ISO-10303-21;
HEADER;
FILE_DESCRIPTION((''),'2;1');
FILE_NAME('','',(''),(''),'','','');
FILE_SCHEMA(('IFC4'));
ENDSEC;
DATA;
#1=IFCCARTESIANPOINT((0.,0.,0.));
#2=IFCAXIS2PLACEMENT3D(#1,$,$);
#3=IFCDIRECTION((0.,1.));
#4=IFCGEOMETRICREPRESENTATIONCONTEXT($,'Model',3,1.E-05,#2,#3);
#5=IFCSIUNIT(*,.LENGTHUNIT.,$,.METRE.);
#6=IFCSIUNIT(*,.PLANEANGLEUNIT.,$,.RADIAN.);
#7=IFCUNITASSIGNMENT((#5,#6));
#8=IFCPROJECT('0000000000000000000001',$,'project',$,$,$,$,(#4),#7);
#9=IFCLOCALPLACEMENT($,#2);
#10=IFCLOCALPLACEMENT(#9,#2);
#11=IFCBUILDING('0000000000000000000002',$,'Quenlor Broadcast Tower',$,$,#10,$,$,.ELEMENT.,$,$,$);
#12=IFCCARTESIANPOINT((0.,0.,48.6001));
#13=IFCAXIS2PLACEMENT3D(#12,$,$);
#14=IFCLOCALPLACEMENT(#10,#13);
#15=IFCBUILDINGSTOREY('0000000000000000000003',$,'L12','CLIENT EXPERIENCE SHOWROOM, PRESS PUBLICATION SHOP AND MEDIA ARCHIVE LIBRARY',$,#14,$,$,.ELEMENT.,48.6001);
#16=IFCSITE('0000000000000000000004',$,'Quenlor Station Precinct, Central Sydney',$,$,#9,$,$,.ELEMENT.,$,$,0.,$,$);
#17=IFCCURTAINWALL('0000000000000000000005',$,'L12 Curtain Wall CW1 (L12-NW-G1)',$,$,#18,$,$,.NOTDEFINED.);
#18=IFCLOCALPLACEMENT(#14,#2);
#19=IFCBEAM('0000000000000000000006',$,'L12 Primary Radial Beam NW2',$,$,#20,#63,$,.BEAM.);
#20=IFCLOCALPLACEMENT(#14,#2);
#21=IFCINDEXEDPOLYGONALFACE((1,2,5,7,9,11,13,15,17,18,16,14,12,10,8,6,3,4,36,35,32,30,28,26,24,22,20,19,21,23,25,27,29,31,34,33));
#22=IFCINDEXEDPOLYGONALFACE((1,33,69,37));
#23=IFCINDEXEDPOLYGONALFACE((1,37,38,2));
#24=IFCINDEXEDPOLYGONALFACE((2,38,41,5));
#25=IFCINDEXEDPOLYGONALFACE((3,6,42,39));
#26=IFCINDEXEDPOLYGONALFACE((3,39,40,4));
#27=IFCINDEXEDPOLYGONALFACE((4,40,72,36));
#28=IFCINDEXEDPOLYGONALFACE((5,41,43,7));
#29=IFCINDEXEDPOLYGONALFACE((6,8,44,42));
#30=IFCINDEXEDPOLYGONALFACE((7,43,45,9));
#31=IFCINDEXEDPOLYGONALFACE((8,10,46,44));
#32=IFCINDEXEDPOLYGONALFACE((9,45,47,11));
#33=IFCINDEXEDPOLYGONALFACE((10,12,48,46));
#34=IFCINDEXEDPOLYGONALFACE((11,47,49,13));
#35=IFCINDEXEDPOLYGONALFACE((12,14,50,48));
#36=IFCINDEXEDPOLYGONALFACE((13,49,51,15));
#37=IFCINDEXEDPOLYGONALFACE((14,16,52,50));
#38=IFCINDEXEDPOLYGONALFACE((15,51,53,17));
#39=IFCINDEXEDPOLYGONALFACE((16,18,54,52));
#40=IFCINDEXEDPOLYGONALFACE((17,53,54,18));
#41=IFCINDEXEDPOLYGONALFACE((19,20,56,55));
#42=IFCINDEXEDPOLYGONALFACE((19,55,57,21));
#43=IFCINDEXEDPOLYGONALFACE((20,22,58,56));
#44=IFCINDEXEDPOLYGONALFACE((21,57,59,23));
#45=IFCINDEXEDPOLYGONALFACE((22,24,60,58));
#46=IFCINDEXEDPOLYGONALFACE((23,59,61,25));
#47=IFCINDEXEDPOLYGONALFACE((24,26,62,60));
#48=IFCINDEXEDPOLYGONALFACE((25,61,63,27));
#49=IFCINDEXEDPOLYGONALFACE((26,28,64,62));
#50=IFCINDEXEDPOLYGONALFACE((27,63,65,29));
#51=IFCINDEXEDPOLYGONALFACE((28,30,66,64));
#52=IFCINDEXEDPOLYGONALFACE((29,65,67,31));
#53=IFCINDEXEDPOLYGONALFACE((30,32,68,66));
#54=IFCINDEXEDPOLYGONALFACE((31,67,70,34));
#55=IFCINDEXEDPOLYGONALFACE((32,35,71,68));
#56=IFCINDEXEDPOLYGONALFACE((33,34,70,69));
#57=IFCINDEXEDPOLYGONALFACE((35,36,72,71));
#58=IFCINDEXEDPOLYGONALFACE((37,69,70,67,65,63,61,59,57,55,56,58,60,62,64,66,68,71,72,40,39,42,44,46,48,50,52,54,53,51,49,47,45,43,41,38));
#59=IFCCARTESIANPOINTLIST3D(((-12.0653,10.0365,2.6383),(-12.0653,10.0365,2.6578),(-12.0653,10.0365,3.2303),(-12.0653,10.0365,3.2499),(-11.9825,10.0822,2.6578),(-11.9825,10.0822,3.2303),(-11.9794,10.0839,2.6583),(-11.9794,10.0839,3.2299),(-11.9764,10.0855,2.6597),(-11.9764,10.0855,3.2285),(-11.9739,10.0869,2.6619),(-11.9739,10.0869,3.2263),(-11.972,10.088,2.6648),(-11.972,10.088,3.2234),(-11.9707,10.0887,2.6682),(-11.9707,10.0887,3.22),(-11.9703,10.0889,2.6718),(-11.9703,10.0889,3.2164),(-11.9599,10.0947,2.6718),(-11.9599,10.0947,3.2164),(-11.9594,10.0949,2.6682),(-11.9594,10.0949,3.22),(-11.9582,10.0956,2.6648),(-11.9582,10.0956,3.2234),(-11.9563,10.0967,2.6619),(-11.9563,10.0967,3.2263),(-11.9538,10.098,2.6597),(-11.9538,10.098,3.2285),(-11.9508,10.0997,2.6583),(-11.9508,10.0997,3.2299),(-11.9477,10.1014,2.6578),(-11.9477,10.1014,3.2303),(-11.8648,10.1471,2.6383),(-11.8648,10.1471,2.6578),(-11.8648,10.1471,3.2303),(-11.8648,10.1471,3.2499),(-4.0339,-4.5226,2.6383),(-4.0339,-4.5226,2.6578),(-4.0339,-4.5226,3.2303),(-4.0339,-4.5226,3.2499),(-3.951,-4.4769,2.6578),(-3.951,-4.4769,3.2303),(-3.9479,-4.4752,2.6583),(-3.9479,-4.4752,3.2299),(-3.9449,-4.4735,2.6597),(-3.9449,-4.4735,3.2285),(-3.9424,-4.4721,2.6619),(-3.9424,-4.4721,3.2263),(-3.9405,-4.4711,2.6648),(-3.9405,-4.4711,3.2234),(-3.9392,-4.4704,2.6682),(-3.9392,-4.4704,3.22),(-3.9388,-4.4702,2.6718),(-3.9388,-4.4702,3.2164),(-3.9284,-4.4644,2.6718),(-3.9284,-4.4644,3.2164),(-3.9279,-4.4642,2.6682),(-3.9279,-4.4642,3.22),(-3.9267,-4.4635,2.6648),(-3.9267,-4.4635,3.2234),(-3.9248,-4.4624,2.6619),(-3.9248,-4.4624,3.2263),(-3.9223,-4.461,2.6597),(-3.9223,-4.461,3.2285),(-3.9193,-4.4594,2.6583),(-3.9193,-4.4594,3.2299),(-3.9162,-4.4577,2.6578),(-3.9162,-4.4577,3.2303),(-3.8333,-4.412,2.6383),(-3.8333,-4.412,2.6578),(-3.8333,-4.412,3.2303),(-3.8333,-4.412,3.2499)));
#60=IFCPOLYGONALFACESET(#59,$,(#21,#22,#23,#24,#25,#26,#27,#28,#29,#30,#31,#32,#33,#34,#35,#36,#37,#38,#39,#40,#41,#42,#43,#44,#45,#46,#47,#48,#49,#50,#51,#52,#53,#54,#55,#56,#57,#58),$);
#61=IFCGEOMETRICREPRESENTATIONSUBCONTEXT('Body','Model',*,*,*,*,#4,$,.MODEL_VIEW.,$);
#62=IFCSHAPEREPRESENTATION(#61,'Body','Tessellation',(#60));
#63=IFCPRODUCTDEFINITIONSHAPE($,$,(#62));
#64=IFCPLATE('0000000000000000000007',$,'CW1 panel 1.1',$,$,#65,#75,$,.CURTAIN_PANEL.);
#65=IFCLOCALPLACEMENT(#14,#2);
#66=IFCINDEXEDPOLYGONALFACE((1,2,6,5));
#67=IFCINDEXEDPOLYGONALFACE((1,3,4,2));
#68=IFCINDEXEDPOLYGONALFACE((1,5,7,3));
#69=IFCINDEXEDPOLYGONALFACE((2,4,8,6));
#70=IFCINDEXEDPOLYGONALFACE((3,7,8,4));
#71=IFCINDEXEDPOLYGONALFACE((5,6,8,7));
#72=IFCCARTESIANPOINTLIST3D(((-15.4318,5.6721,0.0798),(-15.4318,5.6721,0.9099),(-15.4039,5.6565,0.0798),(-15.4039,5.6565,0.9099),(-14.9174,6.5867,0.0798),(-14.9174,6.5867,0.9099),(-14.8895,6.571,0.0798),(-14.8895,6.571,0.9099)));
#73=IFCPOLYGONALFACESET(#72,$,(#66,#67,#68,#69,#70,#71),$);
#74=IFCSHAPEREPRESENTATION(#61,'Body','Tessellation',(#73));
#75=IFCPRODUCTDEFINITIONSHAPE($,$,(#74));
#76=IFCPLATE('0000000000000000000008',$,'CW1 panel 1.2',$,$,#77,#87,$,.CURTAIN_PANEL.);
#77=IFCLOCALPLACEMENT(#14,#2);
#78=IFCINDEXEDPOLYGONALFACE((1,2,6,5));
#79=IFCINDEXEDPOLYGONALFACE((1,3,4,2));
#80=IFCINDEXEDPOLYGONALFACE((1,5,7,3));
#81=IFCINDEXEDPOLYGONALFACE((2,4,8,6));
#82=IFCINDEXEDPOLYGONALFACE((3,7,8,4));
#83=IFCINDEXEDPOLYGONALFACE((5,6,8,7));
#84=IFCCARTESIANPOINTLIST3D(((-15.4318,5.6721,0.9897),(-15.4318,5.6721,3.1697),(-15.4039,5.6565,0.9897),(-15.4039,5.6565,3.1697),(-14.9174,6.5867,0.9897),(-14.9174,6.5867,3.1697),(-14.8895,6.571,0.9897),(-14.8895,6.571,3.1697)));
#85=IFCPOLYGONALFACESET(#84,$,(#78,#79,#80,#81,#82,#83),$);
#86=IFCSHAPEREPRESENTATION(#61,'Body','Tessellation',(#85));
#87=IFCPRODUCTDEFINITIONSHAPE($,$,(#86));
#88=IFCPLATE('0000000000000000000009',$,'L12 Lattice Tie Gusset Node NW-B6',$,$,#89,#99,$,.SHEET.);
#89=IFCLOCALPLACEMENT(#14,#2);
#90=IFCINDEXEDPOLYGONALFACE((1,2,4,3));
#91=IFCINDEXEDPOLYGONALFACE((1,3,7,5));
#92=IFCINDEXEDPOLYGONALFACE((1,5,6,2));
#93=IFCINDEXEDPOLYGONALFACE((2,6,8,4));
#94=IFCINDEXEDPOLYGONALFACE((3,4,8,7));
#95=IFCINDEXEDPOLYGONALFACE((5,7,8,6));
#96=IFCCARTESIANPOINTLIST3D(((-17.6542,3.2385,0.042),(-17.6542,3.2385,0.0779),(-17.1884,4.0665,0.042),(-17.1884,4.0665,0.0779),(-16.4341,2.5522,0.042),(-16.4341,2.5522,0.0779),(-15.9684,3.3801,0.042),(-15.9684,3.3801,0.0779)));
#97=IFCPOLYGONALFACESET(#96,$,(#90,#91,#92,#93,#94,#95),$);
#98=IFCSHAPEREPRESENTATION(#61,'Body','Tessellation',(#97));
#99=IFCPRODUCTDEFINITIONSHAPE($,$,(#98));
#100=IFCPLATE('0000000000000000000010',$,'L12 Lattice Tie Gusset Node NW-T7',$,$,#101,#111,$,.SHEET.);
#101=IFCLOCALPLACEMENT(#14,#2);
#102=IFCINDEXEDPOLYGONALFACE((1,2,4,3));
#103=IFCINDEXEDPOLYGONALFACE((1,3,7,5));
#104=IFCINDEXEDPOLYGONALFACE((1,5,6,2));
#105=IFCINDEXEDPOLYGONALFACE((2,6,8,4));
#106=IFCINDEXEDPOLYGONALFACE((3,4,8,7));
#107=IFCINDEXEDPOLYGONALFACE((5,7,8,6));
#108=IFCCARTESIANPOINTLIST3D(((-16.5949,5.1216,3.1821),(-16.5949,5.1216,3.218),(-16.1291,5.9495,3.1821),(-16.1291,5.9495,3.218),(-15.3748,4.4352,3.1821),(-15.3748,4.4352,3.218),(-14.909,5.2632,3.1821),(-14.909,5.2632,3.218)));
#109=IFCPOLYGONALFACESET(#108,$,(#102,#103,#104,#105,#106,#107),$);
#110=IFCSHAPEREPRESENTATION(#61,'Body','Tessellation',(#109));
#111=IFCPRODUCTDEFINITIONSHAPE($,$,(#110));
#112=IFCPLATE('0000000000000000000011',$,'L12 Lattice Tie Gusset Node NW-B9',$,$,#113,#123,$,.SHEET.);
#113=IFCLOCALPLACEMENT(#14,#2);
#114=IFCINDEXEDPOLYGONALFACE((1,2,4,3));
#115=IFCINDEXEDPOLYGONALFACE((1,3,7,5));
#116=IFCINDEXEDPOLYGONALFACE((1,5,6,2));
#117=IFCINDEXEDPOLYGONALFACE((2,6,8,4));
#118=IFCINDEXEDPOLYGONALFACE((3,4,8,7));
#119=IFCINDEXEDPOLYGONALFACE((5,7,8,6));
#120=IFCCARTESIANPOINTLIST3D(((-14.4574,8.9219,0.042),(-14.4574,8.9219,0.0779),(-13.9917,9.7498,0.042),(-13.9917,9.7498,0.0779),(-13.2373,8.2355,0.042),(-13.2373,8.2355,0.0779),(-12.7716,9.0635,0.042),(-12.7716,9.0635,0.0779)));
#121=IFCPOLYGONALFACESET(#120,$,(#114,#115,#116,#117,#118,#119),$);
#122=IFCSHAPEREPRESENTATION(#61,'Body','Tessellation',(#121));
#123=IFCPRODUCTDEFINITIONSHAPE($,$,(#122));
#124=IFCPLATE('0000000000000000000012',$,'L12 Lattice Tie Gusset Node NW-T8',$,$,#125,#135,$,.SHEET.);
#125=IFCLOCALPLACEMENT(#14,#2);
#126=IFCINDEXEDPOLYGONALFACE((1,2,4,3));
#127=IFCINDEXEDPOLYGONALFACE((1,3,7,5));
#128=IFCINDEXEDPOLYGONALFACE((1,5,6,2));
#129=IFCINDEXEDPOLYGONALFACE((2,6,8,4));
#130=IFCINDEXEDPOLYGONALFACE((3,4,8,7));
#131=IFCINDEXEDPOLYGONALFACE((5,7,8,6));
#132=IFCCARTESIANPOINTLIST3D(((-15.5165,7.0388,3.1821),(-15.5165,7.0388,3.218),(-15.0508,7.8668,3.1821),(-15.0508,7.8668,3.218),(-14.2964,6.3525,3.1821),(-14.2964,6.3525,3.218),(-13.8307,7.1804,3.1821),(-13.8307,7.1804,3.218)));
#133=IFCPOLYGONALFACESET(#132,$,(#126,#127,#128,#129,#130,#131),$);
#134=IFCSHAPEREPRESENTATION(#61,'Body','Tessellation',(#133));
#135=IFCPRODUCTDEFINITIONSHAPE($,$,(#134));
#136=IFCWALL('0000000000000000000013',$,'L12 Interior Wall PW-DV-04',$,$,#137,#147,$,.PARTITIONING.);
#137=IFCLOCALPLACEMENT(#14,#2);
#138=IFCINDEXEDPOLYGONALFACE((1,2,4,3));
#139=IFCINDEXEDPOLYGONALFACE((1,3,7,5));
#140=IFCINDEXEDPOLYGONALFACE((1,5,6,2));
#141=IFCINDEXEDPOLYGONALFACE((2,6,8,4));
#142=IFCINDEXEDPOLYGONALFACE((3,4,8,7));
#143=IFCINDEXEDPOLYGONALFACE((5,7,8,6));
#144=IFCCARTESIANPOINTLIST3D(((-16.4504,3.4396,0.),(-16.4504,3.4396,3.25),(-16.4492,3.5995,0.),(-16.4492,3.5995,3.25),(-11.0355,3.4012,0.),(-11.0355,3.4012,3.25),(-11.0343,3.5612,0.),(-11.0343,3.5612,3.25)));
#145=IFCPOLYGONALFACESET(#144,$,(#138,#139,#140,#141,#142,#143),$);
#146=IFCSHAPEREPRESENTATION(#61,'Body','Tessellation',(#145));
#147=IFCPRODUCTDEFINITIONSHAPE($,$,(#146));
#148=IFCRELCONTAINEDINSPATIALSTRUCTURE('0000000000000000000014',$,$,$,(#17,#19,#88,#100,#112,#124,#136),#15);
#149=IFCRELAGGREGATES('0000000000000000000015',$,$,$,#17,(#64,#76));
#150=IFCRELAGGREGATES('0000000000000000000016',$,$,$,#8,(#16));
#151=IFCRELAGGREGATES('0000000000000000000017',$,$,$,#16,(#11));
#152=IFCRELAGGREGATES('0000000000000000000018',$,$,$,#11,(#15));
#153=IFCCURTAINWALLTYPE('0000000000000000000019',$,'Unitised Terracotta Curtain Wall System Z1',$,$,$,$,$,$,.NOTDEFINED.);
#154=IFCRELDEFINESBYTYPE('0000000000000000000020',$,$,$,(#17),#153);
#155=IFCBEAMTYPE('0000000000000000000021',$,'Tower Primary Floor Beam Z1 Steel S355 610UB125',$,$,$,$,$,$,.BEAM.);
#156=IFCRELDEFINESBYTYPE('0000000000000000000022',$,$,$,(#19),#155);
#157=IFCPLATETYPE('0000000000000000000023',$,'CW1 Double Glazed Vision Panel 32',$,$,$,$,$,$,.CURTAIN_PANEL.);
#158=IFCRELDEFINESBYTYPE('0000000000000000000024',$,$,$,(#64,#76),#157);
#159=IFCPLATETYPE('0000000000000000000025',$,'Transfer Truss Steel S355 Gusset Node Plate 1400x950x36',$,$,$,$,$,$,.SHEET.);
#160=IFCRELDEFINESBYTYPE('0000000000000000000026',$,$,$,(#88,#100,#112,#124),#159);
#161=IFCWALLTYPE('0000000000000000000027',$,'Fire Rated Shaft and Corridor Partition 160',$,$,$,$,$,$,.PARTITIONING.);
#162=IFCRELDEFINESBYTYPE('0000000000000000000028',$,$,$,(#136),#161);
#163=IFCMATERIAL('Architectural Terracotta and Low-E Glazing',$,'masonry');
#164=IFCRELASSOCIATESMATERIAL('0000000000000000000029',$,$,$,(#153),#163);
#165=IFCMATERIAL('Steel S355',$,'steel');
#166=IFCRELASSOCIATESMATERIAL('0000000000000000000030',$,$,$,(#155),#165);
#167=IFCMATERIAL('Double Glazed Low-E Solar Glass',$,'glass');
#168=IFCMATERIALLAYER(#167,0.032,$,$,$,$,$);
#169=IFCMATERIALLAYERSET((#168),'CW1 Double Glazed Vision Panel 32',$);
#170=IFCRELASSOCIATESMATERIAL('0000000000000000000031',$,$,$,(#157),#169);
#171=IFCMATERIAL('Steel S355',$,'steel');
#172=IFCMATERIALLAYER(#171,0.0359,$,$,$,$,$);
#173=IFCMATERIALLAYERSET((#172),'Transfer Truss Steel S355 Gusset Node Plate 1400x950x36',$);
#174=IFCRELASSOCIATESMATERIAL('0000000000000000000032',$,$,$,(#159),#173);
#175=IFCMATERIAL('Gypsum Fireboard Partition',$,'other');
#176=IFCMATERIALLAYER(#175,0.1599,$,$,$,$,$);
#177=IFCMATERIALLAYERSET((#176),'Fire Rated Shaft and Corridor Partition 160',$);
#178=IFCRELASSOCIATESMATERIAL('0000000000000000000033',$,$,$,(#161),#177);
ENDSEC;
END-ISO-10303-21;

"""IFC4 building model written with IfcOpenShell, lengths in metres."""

from ifc_helpers import new_model, si_unit, direction, frame, frame_2d, origin, origin_2d, place, context, subcontext, project, spatial, rectangle, i_section, extrude, material, layer, layer_set, material_profile, profile_set, type_object, element, aggregate, save


model = new_model("IFC4")

# Units and contexts
model_context = context("Model", 3, precision=1e-05, world=origin(), true_north=direction((0.0, 1.0)))
body_context = subcontext(model_context, "Body", "Model", "MODEL_VIEW")
ifc_project = project(units=[si_unit("LENGTHUNIT", "METRE"), si_unit("PLANEANGLEUNIT", "RADIAN")], contexts=[model_context])

# Site, building, storey
site_placement = place(None, origin())
site = spatial("IfcSite", under=ifc_project, at=site_placement, Name="Quenlor Station Precinct, Central Sydney", CompositionType="ELEMENT", RefElevation=0.0)
building_placement = place(site_placement, origin())
building = spatial("IfcBuilding", under=site, at=building_placement, Name="Quenlor Broadcast Tower", CompositionType="ELEMENT")
storey_placement = place(building_placement, frame((0.0, 0.0, 48.6001)))
storey = spatial("IfcBuildingStorey", under=building, at=storey_placement, Name="L12", Description="CLIENT EXPERIENCE SHOWROOM, PRESS PUBLICATION SHOP AND MEDIA ARCHIVE LIBRARY", CompositionType="ELEMENT", Elevation=48.6001)

# Curtain wall
ifc_material_1 = material(Name="Architectural Terracotta and Low-E Glazing", Category="masonry")
curtain_wall_type = type_object("IfcCurtainWallType", Name="Unitised Terracotta Curtain Wall System Z1", PredefinedType="NOTDEFINED", material=ifc_material_1)
curtain_wall_placement = place(storey_placement, origin())
curtain_wall = element("IfcCurtainWall", 1, at=curtain_wall_placement, inside=storey, type_object=curtain_wall_type, Name="L12 Curtain Wall CW1 (L12-NW-G1)", PredefinedType="NOTDEFINED")

# Beam
ifc_material_2 = material(Name="Steel S355", Category="steel")
ifc_material_profile_1 = material_profile(ifc_material_2, i_section(OverallWidth=0.229, OverallDepth=0.6116, WebThickness=0.012, FlangeThickness=0.0195, FilletRadius=0.0139, at=origin_2d()))
ifc_profile_set_1 = profile_set([ifc_material_profile_1], Name="Steel S355 610UB125")
beam_type_1 = type_object("IfcBeamType", Name="Tower Primary Floor Beam Z1 Steel S355 610UB125", PredefinedType="BEAM", material=ifc_profile_set_1)
beam_1_placement = place(storey_placement, frame((-11.9651, 10.0918, 2.9441), z_axis=(0.483026, -0.875606, 0.0), x_axis=(0.875606, 0.483026, 0.0)))
element("IfcBeam", 2, at=beam_1_placement, inside=storey, type_object=beam_type_1, Name="L12 Primary Radial Beam NW2", PredefinedType="BEAM", context=body_context, shape_type="SweptSolid", body=[
    extrude(i_section(OverallWidth=0.229, OverallDepth=0.6116, WebThickness=0.012, FlangeThickness=0.0195, FilletRadius=0.0139, at=origin_2d()), origin(), (0.0, 0.0, 1.0), 16.6274),
])

# Plates
ifc_material_3 = material(Name="Double Glazed Low-E Solar Glass", Category="glass")
ifc_layer_1 = layer(ifc_material_3, 0.032)
ifc_layer_set_1 = layer_set([ifc_layer_1], Name="CW1 Double Glazed Vision Panel 32")
plate_type_1 = type_object("IfcPlateType", Name="CW1 Double Glazed Vision Panel 32", PredefinedType="CURTAIN_PANEL", material=ifc_layer_set_1)
plate_1_placement = place(storey_placement, frame((-15.1606, 6.1216, 0.0798), z_axis=(0.0, 0.0, 1.0), x_axis=(0.490277, 0.871567, 0.0)))
plate_1 = element("IfcPlate", 3, at=plate_1_placement, type_object=plate_type_1, Name="CW1 panel 1.1", PredefinedType="CURTAIN_PANEL", context=body_context, shape_type="SweptSolid", body=[
    extrude(rectangle(XDim=1.0493, YDim=0.032, at=origin_2d()), origin(), (0.0, 0.0, 1.0), 0.8301),
])
plate_2_placement = place(storey_placement, frame((-15.1606, 6.1216, 0.9897), z_axis=(0.0, 0.0, 1.0), x_axis=(0.490277, 0.871567, 0.0)))
plate_2 = element("IfcPlate", 4, at=plate_2_placement, type_object=plate_type_1, Name="CW1 panel 1.2", PredefinedType="CURTAIN_PANEL", context=body_context, shape_type="SweptSolid", body=[
    extrude(rectangle(XDim=1.0493, YDim=0.032, at=origin_2d()), origin(), (0.0, 0.0, 1.0), 2.1799),
])
aggregate(curtain_wall, [plate_1, plate_2])

# Plates
ifc_material_4 = material(Name="Steel S355", Category="steel")
ifc_layer_2 = layer(ifc_material_4, 0.0359)
ifc_layer_set_2 = layer_set([ifc_layer_2], Name="Transfer Truss Steel S355 Gusset Node Plate 1400x950x36")
plate_type_2 = type_object("IfcPlateType", Name="Transfer Truss Steel S355 Gusset Node Plate 1400x950x36", PredefinedType="SHEET", material=ifc_layer_set_2)
for number, where, z_axis, x_axis, name in (
    (5, (-16.8113, 3.3093, 0.042), (0.0, 0.0, 1.0), (-0.871556, 0.490295, 0.0), "L12 Lattice Tie Gusset Node NW-B6"),
    (6, (-15.752, 5.1924, 3.1821), (0.0, 0.0, 1.0), (-0.871556, 0.490295, 0.0), "L12 Lattice Tie Gusset Node NW-T7"),
    (7, (-13.6145, 8.9927, 0.042), (0.0, 0.0, 1.0), (-0.871556, 0.490295, 0.0), "L12 Lattice Tie Gusset Node NW-B9"),
    (8, (-14.6736, 7.1096, 3.1821), (0.0, 0.0, 1.0), (-0.871556, 0.490295, 0.0), "L12 Lattice Tie Gusset Node NW-T8"),
):
    element("IfcPlate", number, at=place(storey_placement, frame(where, z_axis=z_axis, x_axis=x_axis)), inside=storey, type_object=plate_type_2, Name=name, PredefinedType="SHEET", context=body_context, shape_type="SweptSolid", body=[
        extrude(rectangle(XDim=1.3999, YDim=0.95, at=origin_2d()), origin(), (0.0, 0.0, 1.0), 0.0359),
    ])

# Wall
ifc_material_5 = material(Name="Gypsum Fireboard Partition", Category="other")
ifc_layer_3 = layer(ifc_material_5, 0.1599)
ifc_layer_set_3 = layer_set([ifc_layer_3], Name="Fire Rated Shaft and Corridor Partition 160")
wall_type_1 = type_object("IfcWallType", Name="Fire Rated Shaft and Corridor Partition 160", PredefinedType="PARTITIONING", material=ifc_layer_set_3)
wall_1_placement = place(storey_placement, frame((-11.0349, 3.4812, 0.0), z_axis=(0.0, 0.0, 1.0), x_axis=(-0.999975, 0.007079, 0.0)))
element("IfcWall", 9, at=wall_1_placement, inside=storey, type_object=wall_type_1, Name="L12 Interior Wall PW-DV-04", PredefinedType="PARTITIONING", context=body_context, shape_type="SweptSolid", body=[
    extrude(rectangle(XDim=5.415, YDim=0.1599, at=frame_2d((2.7075, 0.0))), origin(), (0.0, 0.0, 1.0), 3.25),
])

save(model, "model.ifc")
